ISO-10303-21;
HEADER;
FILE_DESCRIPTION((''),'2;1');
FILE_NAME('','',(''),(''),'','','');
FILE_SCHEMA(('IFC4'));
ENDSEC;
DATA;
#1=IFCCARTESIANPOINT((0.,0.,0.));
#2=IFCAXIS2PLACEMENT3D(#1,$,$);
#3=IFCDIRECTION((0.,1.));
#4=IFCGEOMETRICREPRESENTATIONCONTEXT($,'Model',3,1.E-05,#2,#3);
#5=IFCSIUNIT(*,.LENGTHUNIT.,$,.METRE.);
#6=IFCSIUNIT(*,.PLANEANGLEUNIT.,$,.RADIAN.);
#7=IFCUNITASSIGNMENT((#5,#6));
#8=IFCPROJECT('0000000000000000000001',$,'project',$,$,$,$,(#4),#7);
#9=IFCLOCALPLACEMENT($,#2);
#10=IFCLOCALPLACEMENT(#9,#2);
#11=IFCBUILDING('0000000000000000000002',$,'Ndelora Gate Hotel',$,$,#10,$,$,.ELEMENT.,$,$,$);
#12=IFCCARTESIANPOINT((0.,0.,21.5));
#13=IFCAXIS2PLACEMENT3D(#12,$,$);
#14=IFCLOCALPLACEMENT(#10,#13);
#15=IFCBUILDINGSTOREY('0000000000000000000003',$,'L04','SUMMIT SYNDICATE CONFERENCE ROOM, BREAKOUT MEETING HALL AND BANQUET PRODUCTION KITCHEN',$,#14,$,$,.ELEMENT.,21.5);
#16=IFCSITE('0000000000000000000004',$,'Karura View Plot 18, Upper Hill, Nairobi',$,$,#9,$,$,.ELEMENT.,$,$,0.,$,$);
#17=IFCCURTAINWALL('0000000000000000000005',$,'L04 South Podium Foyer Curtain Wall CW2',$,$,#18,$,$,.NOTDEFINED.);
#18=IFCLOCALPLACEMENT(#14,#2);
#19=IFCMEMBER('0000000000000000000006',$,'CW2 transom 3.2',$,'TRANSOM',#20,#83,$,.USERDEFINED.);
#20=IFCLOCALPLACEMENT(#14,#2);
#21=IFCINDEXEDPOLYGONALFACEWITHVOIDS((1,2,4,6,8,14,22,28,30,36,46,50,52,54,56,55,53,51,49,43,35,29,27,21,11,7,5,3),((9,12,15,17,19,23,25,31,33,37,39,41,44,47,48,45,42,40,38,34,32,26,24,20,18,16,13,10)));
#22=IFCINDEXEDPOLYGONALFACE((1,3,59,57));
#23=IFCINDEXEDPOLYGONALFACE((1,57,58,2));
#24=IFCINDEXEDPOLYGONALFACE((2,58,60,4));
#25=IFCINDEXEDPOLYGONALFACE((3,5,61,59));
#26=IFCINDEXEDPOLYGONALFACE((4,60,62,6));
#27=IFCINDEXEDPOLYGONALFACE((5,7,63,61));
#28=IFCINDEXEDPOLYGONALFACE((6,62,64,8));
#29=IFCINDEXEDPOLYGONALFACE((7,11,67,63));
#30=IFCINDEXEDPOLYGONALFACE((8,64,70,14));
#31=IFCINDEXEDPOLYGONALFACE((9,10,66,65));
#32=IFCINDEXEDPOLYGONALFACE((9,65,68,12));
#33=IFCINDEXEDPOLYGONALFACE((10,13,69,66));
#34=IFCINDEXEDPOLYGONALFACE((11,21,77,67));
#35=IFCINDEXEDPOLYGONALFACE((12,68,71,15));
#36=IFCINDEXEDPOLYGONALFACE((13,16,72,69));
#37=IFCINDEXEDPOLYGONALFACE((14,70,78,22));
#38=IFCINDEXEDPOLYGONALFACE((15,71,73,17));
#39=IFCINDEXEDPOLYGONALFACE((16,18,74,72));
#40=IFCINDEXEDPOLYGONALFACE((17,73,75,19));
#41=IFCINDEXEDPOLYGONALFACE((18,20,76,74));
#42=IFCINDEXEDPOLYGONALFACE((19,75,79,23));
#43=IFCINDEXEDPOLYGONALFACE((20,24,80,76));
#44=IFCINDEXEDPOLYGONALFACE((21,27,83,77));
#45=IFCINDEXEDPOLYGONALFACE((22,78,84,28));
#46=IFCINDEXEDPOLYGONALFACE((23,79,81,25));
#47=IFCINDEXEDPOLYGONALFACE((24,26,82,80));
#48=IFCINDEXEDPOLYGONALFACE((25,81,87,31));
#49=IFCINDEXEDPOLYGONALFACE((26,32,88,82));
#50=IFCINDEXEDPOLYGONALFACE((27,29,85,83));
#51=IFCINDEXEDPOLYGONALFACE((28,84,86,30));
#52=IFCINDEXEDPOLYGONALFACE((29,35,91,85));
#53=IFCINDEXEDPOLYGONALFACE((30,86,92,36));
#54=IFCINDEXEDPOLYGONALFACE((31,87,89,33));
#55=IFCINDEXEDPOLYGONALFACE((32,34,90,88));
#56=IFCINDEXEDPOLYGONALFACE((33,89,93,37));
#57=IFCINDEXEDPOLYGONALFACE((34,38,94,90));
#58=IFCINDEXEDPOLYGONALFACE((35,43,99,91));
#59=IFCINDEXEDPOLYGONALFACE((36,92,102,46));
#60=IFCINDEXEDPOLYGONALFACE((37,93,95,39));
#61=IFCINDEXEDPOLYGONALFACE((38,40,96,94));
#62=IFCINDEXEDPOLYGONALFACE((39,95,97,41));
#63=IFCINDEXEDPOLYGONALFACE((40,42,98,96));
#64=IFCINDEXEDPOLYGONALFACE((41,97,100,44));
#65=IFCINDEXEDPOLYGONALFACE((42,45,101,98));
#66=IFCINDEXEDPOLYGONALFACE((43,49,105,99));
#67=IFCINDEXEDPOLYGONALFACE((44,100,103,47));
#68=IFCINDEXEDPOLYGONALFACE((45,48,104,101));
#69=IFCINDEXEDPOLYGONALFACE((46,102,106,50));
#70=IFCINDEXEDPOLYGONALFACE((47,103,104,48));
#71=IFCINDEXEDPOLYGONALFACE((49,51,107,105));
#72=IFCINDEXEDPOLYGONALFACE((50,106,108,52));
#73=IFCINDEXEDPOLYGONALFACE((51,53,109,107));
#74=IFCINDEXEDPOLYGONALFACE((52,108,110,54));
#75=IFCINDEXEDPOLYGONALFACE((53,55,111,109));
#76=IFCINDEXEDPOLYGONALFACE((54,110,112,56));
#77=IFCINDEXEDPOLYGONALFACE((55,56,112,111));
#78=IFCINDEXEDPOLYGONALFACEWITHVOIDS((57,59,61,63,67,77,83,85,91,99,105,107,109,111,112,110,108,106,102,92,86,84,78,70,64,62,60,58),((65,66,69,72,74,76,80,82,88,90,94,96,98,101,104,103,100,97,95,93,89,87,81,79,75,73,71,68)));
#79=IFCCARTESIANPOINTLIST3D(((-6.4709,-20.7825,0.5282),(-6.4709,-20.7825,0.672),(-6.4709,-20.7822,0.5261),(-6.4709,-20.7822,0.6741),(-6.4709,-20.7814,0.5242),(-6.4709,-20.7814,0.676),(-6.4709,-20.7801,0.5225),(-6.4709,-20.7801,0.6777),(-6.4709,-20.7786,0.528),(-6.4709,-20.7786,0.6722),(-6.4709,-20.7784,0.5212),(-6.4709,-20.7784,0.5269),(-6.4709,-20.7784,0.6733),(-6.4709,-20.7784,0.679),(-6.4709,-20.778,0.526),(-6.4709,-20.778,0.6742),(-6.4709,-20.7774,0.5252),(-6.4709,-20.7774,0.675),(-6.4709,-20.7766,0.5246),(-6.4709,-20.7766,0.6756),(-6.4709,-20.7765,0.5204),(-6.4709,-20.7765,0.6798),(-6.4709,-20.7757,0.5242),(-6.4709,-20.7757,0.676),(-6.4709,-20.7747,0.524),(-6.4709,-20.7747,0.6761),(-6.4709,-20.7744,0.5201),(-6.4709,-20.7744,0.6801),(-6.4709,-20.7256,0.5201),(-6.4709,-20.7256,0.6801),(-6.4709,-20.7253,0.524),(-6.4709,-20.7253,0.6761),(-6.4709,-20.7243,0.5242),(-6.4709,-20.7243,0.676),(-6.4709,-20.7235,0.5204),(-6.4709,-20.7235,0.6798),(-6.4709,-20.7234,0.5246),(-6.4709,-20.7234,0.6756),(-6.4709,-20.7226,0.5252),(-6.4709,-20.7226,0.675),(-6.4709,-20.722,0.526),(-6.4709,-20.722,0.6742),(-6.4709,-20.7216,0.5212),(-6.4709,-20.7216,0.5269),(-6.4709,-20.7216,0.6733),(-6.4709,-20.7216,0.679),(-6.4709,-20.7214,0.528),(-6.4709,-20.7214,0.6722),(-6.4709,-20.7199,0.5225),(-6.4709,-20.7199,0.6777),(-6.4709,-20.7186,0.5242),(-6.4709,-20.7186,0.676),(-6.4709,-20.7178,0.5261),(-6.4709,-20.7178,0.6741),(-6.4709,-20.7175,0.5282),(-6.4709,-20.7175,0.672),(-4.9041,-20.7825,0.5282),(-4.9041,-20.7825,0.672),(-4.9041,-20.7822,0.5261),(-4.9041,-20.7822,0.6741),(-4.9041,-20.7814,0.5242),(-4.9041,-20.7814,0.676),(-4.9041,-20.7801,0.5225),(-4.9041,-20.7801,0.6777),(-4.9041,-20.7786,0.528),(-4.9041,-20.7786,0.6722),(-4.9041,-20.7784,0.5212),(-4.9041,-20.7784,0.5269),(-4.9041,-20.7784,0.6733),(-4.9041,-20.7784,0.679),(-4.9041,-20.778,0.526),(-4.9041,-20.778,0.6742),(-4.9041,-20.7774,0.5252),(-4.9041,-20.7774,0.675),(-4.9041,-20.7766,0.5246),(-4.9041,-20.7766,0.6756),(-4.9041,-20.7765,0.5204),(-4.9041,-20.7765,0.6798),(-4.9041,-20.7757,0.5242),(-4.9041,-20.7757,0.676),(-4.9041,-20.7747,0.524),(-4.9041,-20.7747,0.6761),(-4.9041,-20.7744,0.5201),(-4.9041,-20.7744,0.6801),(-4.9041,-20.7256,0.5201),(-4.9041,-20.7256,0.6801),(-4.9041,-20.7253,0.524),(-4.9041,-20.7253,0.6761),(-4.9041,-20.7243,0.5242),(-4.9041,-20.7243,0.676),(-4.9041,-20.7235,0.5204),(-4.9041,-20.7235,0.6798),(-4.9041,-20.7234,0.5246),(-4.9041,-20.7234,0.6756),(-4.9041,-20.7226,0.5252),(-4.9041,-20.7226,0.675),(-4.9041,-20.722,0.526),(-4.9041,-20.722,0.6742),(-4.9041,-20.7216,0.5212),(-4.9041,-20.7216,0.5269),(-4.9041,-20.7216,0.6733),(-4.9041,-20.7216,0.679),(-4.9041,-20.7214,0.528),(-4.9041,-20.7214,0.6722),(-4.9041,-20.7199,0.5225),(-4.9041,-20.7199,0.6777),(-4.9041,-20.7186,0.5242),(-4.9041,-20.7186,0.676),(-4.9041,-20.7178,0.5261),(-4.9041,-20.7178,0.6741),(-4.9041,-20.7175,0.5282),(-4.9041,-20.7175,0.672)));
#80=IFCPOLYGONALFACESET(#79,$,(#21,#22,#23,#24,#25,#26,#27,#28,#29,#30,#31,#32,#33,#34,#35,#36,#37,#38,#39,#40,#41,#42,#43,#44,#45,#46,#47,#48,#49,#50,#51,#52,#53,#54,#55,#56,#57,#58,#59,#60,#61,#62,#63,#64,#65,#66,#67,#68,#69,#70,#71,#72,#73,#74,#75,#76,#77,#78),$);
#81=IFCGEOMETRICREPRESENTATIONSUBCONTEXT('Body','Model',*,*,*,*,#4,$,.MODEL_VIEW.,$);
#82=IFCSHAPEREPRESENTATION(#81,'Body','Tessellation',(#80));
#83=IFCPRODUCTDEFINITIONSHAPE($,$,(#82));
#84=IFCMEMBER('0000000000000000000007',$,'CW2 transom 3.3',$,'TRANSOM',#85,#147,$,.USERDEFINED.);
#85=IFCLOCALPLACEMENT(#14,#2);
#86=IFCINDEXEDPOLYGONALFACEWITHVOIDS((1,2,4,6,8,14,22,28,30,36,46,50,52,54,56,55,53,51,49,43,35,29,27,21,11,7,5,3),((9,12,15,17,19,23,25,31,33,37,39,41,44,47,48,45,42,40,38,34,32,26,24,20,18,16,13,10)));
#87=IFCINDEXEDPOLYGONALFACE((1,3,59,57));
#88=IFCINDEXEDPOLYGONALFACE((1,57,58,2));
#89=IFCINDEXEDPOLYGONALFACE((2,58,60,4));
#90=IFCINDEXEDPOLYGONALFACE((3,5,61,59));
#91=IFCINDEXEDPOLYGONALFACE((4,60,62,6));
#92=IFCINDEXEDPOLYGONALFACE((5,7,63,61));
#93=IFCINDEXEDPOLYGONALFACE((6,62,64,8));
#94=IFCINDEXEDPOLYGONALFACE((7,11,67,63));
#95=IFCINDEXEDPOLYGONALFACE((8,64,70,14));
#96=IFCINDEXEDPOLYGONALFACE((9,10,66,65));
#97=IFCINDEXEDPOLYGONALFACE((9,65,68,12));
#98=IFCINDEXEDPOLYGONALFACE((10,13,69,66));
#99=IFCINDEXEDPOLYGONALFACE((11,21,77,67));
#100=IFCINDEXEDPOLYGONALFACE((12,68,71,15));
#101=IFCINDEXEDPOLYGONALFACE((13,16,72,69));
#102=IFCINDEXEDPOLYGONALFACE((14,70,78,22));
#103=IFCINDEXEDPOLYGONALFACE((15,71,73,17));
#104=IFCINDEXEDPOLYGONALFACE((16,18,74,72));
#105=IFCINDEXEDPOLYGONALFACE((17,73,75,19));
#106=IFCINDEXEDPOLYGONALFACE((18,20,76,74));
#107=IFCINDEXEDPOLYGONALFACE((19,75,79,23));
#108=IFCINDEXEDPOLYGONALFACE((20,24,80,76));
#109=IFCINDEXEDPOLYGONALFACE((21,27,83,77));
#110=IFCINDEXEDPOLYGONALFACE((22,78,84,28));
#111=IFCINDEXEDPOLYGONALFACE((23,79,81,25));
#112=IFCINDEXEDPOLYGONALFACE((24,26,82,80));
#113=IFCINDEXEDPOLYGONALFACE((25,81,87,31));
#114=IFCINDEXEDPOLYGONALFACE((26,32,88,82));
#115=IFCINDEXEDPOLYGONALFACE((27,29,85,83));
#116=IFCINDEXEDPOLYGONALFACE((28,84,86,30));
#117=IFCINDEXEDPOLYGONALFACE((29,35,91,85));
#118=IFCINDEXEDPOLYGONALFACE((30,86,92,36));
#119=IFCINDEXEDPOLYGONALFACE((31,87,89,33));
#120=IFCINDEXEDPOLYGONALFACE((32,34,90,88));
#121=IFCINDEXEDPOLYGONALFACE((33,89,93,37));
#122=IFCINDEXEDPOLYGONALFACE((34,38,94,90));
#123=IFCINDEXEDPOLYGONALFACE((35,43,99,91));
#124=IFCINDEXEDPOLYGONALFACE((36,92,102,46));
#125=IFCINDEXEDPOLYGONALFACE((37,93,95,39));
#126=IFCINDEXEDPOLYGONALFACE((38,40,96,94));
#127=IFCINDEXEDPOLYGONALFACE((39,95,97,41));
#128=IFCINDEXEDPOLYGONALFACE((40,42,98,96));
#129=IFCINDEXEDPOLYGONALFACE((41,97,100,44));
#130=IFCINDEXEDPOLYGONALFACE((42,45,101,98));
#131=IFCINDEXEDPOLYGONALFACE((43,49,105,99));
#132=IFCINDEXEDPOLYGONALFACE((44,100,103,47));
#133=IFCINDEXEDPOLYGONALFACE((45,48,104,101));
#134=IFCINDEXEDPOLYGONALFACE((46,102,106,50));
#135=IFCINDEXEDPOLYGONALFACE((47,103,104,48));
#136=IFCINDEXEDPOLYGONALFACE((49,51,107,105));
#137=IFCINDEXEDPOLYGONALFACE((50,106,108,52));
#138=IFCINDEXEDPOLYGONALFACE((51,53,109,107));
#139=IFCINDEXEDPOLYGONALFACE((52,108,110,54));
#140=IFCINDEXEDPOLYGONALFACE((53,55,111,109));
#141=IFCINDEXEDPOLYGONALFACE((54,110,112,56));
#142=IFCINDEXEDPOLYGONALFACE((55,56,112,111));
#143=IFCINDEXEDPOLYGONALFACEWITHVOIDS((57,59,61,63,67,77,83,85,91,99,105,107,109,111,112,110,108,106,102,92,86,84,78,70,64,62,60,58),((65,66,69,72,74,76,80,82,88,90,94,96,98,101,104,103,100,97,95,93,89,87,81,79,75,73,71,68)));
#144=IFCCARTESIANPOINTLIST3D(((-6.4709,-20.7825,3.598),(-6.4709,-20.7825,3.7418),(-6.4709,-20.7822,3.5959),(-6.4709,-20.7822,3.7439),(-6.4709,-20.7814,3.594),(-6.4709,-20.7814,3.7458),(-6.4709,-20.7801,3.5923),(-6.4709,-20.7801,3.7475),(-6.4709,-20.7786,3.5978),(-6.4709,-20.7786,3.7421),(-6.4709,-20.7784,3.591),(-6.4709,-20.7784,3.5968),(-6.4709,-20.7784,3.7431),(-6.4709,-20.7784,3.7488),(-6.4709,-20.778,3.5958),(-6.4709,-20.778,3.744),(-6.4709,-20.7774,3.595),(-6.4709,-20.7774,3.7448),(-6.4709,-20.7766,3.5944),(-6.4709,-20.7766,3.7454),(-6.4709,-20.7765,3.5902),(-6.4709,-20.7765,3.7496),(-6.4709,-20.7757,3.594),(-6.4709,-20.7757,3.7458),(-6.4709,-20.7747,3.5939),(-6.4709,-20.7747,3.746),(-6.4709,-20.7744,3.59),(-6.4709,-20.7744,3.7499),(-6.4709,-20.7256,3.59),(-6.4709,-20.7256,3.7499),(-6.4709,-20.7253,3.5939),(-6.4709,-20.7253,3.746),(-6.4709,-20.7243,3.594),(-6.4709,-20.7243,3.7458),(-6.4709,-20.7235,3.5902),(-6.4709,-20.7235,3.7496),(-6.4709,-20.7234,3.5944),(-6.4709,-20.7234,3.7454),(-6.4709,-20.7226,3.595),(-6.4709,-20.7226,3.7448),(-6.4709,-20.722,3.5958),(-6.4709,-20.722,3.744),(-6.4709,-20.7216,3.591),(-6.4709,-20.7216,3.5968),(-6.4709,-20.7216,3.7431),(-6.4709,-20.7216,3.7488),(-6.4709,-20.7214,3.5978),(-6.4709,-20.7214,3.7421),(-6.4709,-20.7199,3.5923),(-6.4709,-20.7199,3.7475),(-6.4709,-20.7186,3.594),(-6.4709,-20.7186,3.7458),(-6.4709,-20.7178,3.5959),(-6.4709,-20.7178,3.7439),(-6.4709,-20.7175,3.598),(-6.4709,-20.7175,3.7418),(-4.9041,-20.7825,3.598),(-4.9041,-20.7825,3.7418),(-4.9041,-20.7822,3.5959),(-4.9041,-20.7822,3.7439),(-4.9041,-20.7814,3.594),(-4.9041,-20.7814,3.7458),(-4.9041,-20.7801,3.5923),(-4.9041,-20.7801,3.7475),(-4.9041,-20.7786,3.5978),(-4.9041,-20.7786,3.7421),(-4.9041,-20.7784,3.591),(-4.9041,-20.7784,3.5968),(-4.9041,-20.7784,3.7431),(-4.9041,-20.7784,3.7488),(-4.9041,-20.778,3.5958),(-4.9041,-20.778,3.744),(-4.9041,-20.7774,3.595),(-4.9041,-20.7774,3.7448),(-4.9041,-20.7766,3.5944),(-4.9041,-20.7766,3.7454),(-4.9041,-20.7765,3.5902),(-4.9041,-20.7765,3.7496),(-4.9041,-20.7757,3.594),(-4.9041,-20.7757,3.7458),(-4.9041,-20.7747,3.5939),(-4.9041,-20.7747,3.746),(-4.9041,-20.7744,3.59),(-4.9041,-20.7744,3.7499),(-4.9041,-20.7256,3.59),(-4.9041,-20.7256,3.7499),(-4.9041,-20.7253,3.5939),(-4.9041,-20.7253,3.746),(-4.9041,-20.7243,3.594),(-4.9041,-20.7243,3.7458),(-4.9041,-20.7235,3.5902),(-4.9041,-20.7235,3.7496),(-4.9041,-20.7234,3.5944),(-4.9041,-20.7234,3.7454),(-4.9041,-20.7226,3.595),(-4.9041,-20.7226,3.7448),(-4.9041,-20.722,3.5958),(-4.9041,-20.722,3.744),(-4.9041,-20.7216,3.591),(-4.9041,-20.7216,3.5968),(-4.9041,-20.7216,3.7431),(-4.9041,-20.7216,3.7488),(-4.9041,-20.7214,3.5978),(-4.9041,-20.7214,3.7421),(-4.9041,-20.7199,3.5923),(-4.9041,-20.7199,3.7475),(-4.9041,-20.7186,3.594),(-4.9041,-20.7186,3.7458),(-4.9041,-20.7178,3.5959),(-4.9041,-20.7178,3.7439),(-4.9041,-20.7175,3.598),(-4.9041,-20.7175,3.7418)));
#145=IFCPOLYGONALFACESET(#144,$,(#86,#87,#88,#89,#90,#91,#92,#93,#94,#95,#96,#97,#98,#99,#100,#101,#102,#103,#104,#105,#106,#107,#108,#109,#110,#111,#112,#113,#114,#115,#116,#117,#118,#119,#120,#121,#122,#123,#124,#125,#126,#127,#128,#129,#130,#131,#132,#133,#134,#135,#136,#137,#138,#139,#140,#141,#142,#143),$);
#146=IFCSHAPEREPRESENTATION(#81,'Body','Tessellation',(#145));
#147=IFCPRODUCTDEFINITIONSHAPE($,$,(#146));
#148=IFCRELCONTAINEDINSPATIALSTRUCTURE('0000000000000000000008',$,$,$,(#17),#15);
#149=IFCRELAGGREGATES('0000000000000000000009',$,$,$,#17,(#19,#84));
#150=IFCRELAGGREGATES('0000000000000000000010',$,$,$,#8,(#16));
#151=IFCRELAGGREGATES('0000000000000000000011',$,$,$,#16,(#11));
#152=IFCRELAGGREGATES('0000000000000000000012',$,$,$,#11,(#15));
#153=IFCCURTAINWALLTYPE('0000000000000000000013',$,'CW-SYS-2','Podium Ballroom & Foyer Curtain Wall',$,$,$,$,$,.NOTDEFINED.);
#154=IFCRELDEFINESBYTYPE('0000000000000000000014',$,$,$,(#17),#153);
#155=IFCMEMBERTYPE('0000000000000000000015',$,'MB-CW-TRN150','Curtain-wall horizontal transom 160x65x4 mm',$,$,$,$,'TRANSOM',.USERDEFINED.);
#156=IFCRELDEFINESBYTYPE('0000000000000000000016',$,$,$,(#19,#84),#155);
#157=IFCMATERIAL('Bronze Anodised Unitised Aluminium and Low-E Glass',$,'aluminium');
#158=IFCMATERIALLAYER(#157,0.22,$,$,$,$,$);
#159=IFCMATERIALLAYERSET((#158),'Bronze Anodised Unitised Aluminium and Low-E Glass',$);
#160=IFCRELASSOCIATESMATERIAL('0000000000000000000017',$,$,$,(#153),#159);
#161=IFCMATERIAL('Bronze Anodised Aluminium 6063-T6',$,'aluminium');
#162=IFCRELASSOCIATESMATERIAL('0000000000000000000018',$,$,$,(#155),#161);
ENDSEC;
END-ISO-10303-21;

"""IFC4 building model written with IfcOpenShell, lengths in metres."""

from ifc_helpers import new_model, si_unit, direction, frame, origin, origin_2d, place, context, subcontext, project, spatial, hollow_rectangle, extrude, material, layer, layer_set, material_profile, profile_set, type_object, element, aggregate, save


model = new_model("IFC4")

# Units and contexts
model_context = context("Model", 3, precision=1e-05, world=origin(), true_north=direction((0.0, 1.0)))
body_context = subcontext(model_context, "Body", "Model", "MODEL_VIEW")
ifc_project = project(units=[si_unit("LENGTHUNIT", "METRE"), si_unit("PLANEANGLEUNIT", "RADIAN")], contexts=[model_context])

# Site, building, storey
site_placement = place(None, origin())
site = spatial("IfcSite", under=ifc_project, at=site_placement, Name="Karura View Plot 18, Upper Hill, Nairobi", CompositionType="ELEMENT", RefElevation=0.0)
building_placement = place(site_placement, origin())
building = spatial("IfcBuilding", under=site, at=building_placement, Name="Ndelora Gate Hotel", CompositionType="ELEMENT")
storey_placement = place(building_placement, frame((0.0, 0.0, 21.5)))
storey = spatial("IfcBuildingStorey", under=building, at=storey_placement, Name="L04", Description="SUMMIT SYNDICATE CONFERENCE ROOM, BREAKOUT MEETING HALL AND BANQUET PRODUCTION KITCHEN", CompositionType="ELEMENT", Elevation=21.5)

# Curtain wall, members
ifc_material_1 = material(Name="Bronze Anodised Unitised Aluminium and Low-E Glass", Category="aluminium")
ifc_layer_1 = layer(ifc_material_1, 0.22)
ifc_layer_set_1 = layer_set([ifc_layer_1], Name="Bronze Anodised Unitised Aluminium and Low-E Glass")
curtain_wall_type = type_object("IfcCurtainWallType", Name="CW-SYS-2", Description="Podium Ballroom & Foyer Curtain Wall", PredefinedType="NOTDEFINED", material=ifc_layer_set_1)
curtain_wall_placement = place(storey_placement, origin())
curtain_wall = element("IfcCurtainWall", 1, at=curtain_wall_placement, inside=storey, type_object=curtain_wall_type, Name="L04 South Podium Foyer Curtain Wall CW2", PredefinedType="NOTDEFINED")
ifc_material_2 = material(Name="Bronze Anodised Aluminium 6063-T6", Category="aluminium")
ifc_material_profile_1 = material_profile(ifc_material_2, hollow_rectangle(XDim=0.0649, YDim=0.1599, WallThickness=0.0039, InnerFilletRadius=0.0039, OuterFilletRadius=0.0081, at=origin_2d()), Name="ALU 160x65x4")
ifc_profile_set_1 = profile_set([ifc_material_profile_1], Name="Bronze Anodised Aluminium 6063-T6")
member_type_1 = type_object("IfcMemberType", Name="MB-CW-TRN150", Description="Curtain-wall horizontal transom 160x65x4 mm", ElementType="TRANSOM", PredefinedType="USERDEFINED", material=ifc_profile_set_1)
member_1_placement = place(storey_placement, frame((-6.4709, -20.75, 0.6001), z_axis=(1.0, 0.0, 0.0), x_axis=(0.0, 1.0, 0.0)))
member_1 = element("IfcMember", 2, at=member_1_placement, type_object=member_type_1, Name="CW2 transom 3.2", ObjectType="TRANSOM", PredefinedType="USERDEFINED", context=body_context, shape_type="SweptSolid", body=[
    extrude(hollow_rectangle(XDim=0.0649, YDim=0.1599, WallThickness=0.0039, InnerFilletRadius=0.0039, OuterFilletRadius=0.0081, at=origin_2d()), origin(), (0.0, 0.0, 1.0), 1.5669),
])
member_2_placement = place(storey_placement, frame((-6.4709, -20.75, 3.6699), z_axis=(1.0, 0.0, 0.0), x_axis=(0.0, 1.0, 0.0)))
member_2 = element("IfcMember", 3, at=member_2_placement, type_object=member_type_1, Name="CW2 transom 3.3", ObjectType="TRANSOM", PredefinedType="USERDEFINED", context=body_context, shape_type="SweptSolid", body=[
    extrude(hollow_rectangle(XDim=0.0649, YDim=0.1599, WallThickness=0.0039, InnerFilletRadius=0.0039, OuterFilletRadius=0.0081, at=origin_2d()), origin(), (0.0, 0.0, 1.0), 1.5669),
])
aggregate(curtain_wall, [member_1, member_2])

save(model, "model.ifc")
